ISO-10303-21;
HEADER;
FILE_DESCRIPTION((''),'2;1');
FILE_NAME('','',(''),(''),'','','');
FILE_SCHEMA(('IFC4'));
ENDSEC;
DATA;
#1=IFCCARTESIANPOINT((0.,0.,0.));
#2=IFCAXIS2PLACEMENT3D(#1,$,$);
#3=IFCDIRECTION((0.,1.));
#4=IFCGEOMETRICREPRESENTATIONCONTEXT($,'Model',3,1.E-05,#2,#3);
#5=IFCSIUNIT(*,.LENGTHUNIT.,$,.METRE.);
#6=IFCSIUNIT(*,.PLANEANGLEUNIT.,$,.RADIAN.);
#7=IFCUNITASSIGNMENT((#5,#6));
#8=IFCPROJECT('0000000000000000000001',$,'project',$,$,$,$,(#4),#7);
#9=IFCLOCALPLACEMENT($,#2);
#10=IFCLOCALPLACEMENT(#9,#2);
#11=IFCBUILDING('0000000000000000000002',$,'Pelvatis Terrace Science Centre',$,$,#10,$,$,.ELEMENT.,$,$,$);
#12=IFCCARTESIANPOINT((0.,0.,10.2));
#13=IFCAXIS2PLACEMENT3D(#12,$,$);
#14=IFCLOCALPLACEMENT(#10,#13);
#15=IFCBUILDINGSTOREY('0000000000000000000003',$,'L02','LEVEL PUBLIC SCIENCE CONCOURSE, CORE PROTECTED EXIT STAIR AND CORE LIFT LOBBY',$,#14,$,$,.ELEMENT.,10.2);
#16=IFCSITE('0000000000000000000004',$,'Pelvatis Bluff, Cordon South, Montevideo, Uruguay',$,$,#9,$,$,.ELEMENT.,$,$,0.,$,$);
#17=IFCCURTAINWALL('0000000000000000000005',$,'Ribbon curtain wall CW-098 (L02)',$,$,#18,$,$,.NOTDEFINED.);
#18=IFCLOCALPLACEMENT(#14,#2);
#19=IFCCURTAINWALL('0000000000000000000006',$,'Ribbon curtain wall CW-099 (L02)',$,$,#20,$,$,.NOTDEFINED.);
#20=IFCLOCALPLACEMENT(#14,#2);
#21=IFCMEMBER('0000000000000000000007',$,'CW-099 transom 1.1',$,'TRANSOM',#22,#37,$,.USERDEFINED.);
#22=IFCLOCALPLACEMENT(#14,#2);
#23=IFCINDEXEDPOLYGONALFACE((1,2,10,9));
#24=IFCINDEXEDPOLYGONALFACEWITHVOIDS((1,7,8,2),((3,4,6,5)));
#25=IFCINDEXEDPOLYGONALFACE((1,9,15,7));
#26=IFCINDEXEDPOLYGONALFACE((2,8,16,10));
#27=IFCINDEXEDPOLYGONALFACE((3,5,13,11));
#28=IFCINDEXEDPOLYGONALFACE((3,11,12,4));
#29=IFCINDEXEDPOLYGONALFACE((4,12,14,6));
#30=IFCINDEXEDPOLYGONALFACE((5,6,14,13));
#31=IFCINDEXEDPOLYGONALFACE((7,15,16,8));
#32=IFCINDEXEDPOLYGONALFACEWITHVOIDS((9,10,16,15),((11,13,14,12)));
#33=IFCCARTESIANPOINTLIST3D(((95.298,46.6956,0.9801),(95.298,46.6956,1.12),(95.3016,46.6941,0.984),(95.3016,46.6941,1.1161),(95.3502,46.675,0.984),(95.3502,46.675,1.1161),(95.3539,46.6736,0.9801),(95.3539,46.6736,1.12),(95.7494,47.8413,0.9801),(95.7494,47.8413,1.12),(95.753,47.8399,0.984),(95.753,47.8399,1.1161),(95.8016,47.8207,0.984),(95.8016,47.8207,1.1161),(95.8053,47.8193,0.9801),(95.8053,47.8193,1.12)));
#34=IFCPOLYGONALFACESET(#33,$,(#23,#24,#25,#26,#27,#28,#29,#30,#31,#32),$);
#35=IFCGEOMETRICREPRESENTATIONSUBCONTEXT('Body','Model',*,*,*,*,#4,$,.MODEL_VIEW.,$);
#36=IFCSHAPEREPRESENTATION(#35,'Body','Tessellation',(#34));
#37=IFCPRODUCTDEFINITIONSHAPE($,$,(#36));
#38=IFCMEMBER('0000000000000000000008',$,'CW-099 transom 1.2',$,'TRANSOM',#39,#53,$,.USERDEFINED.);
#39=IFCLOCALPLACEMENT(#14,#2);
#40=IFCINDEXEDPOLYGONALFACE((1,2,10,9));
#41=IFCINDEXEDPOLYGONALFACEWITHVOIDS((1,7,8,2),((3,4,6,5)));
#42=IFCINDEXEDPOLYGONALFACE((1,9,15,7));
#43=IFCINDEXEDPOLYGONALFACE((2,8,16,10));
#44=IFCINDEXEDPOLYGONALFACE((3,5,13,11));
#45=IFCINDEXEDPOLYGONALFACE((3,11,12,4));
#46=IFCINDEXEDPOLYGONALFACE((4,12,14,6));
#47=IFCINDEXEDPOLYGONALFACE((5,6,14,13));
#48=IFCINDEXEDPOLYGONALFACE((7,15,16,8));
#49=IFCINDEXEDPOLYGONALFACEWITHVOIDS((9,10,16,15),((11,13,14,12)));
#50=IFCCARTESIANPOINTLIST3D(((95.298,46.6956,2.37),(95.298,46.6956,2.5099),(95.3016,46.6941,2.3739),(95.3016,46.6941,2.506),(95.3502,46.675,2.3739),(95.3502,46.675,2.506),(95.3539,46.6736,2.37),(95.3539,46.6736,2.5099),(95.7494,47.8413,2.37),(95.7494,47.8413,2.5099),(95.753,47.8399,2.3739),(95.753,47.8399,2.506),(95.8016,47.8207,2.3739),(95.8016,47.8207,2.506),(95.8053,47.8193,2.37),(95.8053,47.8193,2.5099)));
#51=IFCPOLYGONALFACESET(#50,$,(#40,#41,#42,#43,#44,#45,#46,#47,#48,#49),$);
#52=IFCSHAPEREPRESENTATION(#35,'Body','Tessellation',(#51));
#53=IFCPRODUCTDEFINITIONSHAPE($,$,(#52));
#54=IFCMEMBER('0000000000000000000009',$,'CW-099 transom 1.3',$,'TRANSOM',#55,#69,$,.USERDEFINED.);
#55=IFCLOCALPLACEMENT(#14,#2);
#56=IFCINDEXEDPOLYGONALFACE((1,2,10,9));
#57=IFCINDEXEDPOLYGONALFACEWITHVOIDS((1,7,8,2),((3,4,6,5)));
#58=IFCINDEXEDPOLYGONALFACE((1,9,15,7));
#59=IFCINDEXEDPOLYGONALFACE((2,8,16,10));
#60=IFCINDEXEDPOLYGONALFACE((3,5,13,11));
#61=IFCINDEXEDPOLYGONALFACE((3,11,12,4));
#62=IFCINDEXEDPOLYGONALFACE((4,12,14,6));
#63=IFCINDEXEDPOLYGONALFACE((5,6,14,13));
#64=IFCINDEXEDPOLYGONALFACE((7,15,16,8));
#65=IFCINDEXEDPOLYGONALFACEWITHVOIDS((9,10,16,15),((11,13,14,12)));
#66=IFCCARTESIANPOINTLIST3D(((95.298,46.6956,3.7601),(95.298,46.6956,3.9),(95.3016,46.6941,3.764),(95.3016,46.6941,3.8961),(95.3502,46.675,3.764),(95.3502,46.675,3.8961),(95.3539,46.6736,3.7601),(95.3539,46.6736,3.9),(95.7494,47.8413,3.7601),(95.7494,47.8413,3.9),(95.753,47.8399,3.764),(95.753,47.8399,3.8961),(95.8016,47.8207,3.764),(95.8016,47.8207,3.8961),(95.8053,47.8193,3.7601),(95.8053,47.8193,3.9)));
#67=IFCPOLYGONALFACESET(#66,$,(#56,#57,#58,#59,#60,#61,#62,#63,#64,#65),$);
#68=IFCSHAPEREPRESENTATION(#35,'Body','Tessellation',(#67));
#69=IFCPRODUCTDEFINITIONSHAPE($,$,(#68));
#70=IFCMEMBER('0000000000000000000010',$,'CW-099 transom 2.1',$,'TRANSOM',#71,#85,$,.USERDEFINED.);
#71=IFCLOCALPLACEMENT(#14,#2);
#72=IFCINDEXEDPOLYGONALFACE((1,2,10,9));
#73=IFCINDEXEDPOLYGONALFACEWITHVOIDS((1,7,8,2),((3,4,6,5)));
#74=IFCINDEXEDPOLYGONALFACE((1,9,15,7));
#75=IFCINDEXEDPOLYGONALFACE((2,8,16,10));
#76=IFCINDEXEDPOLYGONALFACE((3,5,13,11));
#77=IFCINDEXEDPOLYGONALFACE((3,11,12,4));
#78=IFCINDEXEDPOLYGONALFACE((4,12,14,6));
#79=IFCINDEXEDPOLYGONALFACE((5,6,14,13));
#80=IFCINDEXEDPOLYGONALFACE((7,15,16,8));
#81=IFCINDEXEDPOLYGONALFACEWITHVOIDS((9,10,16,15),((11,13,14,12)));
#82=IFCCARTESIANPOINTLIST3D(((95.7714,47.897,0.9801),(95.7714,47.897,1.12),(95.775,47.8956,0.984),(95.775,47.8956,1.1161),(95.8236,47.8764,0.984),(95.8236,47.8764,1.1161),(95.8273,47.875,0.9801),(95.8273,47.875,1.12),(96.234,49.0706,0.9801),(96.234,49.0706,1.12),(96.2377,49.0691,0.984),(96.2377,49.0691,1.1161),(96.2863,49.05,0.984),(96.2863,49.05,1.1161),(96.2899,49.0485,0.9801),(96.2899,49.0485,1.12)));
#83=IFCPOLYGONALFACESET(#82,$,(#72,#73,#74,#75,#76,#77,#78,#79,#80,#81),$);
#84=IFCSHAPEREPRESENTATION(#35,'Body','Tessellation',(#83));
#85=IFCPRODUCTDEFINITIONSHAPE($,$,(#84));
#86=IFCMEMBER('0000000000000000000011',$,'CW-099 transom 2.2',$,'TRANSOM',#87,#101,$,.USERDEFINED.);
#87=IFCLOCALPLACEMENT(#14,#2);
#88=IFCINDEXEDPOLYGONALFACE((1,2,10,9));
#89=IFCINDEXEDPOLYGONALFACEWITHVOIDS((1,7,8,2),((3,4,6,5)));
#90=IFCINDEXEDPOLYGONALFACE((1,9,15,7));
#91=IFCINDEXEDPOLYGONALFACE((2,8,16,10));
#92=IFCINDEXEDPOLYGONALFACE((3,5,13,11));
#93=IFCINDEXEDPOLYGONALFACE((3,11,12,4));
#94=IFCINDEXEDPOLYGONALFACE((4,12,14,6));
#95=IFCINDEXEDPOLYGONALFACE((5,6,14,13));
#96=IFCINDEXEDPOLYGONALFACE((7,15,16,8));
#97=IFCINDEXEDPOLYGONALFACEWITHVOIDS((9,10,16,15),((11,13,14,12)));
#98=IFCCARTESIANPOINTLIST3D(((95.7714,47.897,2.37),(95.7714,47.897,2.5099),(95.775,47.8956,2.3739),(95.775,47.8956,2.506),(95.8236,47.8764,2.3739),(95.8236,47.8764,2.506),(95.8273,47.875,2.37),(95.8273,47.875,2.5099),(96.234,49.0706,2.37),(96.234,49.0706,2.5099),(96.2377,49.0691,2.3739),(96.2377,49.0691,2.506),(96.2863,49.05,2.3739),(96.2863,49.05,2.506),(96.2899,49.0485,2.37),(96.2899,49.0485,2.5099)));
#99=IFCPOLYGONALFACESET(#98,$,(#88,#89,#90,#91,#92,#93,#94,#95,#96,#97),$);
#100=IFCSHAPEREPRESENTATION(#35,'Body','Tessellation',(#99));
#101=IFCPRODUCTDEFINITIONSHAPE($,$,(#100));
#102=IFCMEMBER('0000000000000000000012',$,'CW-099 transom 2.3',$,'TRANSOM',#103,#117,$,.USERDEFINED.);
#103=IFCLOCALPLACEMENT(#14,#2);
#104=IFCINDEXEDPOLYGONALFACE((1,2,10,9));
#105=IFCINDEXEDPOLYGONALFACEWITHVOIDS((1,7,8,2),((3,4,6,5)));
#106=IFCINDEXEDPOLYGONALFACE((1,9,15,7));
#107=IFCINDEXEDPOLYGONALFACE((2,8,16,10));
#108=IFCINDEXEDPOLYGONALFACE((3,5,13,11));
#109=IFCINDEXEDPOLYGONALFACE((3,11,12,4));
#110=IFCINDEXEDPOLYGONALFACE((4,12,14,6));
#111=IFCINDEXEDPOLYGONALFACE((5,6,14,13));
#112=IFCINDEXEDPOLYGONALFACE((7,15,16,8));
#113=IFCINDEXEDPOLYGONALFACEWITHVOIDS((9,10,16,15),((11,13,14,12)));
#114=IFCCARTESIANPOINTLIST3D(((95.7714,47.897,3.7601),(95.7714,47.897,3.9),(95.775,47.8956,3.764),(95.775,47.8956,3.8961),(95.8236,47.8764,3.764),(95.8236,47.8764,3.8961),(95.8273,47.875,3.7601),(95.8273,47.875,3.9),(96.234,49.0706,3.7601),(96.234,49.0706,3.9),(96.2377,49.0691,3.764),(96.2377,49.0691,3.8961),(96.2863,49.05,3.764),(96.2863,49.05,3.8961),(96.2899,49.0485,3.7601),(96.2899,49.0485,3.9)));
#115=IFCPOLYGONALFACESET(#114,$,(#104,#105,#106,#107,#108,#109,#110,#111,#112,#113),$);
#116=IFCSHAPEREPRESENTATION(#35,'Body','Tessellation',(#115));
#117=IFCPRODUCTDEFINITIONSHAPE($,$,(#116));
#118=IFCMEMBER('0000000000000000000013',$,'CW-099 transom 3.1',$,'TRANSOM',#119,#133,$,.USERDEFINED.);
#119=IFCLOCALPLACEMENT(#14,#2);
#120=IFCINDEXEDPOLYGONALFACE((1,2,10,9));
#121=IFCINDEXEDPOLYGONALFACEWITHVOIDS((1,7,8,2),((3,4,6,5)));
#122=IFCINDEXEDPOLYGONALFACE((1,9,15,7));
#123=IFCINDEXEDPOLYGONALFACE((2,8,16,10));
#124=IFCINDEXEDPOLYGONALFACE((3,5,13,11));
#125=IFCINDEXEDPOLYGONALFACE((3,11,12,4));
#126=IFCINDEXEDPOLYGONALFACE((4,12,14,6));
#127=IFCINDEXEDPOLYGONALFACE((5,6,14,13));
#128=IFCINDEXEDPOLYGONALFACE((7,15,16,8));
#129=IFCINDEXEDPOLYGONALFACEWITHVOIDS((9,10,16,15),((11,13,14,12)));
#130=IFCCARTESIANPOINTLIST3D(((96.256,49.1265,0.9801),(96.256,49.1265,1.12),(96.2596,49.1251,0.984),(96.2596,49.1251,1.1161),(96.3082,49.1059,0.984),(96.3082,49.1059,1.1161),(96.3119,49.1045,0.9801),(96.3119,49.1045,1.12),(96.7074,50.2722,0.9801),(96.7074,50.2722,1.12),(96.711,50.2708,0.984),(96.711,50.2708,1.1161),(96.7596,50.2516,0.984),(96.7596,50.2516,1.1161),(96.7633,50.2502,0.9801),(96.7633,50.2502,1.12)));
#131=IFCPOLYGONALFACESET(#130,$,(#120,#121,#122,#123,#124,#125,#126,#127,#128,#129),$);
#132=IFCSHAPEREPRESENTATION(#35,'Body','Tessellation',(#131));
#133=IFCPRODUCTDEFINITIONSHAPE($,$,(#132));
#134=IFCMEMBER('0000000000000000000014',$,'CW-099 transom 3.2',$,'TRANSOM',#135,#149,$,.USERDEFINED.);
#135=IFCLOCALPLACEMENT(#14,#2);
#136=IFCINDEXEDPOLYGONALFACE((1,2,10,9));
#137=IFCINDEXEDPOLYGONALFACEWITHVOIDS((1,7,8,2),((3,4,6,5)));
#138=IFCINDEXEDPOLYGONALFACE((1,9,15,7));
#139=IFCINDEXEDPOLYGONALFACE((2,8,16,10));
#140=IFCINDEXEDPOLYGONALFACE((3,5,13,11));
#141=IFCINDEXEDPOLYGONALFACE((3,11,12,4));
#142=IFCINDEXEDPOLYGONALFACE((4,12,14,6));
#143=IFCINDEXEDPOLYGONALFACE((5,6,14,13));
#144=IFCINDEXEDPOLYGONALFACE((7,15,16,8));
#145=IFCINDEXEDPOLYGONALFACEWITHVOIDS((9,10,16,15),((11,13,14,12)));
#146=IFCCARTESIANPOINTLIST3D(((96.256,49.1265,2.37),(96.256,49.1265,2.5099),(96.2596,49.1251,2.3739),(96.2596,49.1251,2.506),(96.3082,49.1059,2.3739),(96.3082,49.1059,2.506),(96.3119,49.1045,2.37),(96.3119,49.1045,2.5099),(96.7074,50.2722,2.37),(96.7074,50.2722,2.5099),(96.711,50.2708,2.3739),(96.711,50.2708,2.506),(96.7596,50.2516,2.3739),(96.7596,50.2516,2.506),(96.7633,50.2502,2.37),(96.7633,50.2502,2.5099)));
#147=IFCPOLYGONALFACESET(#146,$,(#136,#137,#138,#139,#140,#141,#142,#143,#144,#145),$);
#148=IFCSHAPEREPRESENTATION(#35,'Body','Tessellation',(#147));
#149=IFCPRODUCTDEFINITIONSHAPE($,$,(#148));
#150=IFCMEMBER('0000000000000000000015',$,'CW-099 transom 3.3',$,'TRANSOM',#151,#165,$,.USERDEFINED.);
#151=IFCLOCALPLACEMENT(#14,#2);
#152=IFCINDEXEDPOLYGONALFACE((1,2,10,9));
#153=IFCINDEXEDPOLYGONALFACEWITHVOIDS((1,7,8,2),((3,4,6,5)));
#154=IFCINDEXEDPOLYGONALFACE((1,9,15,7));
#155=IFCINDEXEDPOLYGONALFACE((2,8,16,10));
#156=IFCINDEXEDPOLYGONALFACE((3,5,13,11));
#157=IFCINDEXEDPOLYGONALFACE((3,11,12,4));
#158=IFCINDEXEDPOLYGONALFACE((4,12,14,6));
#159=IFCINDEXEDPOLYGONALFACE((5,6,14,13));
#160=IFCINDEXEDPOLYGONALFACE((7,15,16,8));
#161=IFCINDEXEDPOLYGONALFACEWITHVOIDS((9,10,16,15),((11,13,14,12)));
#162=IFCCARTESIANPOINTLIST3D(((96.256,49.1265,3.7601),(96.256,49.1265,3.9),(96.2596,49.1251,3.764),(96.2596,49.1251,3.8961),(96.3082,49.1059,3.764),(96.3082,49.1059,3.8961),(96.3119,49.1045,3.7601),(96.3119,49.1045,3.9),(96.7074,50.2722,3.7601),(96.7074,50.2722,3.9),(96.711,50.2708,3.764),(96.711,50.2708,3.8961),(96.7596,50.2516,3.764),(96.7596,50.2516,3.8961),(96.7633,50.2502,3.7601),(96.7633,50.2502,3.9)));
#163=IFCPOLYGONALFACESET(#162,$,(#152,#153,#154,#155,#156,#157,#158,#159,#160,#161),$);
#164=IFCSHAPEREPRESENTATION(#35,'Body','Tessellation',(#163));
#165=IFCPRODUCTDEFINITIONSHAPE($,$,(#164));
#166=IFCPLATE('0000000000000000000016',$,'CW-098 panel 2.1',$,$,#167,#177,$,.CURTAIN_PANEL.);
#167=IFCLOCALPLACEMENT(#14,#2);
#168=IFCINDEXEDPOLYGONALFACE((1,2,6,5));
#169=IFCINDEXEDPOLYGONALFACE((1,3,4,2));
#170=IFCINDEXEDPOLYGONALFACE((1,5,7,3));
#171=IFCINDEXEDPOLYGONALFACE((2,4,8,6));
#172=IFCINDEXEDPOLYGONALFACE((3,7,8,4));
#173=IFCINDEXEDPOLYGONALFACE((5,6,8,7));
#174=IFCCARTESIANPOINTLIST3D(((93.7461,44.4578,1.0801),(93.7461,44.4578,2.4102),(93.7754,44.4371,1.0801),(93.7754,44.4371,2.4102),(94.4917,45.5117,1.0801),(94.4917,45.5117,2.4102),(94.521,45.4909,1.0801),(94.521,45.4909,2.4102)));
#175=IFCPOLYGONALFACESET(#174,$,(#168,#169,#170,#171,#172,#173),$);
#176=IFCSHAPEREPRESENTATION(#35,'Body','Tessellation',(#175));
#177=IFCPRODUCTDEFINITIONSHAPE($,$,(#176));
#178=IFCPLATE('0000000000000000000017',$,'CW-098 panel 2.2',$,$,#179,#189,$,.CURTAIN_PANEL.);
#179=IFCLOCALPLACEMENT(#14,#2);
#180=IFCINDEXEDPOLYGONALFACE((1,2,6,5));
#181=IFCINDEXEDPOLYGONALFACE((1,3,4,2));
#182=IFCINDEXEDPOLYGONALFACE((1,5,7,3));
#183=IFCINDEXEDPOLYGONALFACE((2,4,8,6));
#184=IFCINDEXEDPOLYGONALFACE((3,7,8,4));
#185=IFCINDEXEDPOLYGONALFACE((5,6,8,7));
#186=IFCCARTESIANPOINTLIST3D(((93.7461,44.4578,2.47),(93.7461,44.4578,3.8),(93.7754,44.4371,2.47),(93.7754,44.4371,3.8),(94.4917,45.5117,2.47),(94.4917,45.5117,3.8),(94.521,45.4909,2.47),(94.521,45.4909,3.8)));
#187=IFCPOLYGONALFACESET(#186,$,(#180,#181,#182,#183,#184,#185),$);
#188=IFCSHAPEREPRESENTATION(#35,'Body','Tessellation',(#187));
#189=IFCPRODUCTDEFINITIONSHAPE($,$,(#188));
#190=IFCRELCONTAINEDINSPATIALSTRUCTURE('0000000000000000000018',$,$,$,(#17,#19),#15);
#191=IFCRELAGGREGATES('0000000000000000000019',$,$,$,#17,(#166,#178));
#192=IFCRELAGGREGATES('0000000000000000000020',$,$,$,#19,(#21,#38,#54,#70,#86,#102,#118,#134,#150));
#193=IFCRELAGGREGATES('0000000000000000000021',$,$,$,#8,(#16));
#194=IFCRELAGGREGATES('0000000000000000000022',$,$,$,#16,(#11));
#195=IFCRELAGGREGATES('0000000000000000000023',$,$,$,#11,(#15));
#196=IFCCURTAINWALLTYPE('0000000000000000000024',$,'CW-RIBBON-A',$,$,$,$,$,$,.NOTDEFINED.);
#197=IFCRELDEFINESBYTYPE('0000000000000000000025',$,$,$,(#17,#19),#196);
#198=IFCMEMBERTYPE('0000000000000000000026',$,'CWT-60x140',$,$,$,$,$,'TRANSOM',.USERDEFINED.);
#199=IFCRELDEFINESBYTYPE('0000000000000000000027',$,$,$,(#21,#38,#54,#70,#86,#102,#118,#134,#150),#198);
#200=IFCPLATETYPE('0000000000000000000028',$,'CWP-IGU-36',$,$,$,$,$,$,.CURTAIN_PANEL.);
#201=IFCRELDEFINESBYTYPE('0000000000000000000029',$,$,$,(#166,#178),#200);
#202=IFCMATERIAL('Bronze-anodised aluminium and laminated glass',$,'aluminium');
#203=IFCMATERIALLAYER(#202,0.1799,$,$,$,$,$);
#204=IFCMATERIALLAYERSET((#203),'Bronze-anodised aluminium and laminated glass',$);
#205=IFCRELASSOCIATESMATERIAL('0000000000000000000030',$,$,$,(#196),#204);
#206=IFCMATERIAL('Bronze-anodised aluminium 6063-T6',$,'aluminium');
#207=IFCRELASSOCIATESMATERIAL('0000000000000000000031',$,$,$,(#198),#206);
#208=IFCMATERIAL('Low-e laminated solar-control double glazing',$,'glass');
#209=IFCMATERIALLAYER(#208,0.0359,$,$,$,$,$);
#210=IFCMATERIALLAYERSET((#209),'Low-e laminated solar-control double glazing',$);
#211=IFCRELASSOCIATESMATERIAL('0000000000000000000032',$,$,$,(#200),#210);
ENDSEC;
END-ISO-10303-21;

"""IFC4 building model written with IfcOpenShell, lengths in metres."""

from ifc_helpers import new_model, si_unit, direction, frame, origin, origin_2d, place, context, subcontext, project, spatial, rectangle, hollow_rectangle, extrude, material, layer, layer_set, material_profile, profile_set, type_object, element, aggregate, save


model = new_model("IFC4")

# Units and contexts
model_context = context("Model", 3, precision=1e-05, world=origin(), true_north=direction((0.0, 1.0)))
body_context = subcontext(model_context, "Body", "Model", "MODEL_VIEW")
ifc_project = project(units=[si_unit("LENGTHUNIT", "METRE"), si_unit("PLANEANGLEUNIT", "RADIAN")], contexts=[model_context])

# Site, building, storey
site_placement = place(None, origin())
site = spatial("IfcSite", under=ifc_project, at=site_placement, Name="Pelvatis Bluff, Cordon South, Montevideo, Uruguay", CompositionType="ELEMENT", RefElevation=0.0)
building_placement = place(site_placement, origin())
building = spatial("IfcBuilding", under=site, at=building_placement, Name="Pelvatis Terrace Science Centre", CompositionType="ELEMENT")
storey_placement = place(building_placement, frame((0.0, 0.0, 10.2)))
storey = spatial("IfcBuildingStorey", under=building, at=storey_placement, Name="L02", Description="LEVEL PUBLIC SCIENCE CONCOURSE, CORE PROTECTED EXIT STAIR AND CORE LIFT LOBBY", CompositionType="ELEMENT", Elevation=10.2)

# Curtain walls
ifc_material_1 = material(Name="Bronze-anodised aluminium and laminated glass", Category="aluminium")
ifc_layer_1 = layer(ifc_material_1, 0.1799)
ifc_layer_set_1 = layer_set([ifc_layer_1], Name="Bronze-anodised aluminium and laminated glass")
curtain_wall_type = type_object("IfcCurtainWallType", Name="CW-RIBBON-A", PredefinedType="NOTDEFINED", material=ifc_layer_set_1)
curtain_wall_1_placement = place(storey_placement, origin())
curtain_wall_1 = element("IfcCurtainWall", 1, at=curtain_wall_1_placement, inside=storey, type_object=curtain_wall_type, Name="Ribbon curtain wall CW-098 (L02)", PredefinedType="NOTDEFINED")
curtain_wall_2_placement = place(storey_placement, origin())
curtain_wall_2 = element("IfcCurtainWall", 2, at=curtain_wall_2_placement, inside=storey, type_object=curtain_wall_type, Name="Ribbon curtain wall CW-099 (L02)", PredefinedType="NOTDEFINED")

# Members
ifc_material_2 = material(Name="Bronze-anodised aluminium 6063-T6", Category="aluminium")
ifc_material_profile_1 = material_profile(ifc_material_2, hollow_rectangle(XDim=0.0601, YDim=0.1399, WallThickness=0.0039, at=origin_2d()), Name="ALU-TRN 60x140")
ifc_profile_set_1 = profile_set([ifc_material_profile_1], Name="Bronze-anodised aluminium 6063-T6")
member_type_1 = type_object("IfcMemberType", Name="CWT-60x140", ElementType="TRANSOM", PredefinedType="USERDEFINED", material=ifc_profile_set_1)
member_1_placement = place(storey_placement, frame((95.3259, 46.6846, 1.05), z_axis=(0.366566, 0.930392, 0.0), x_axis=(-0.930392, 0.366566, 0.0)))
member_1 = element("IfcMember", 3, at=member_1_placement, type_object=member_type_1, Name="CW-099 transom 1.1", ObjectType="TRANSOM", PredefinedType="USERDEFINED", context=body_context, shape_type="SweptSolid", body=[
    extrude(hollow_rectangle(XDim=0.0601, YDim=0.1399, WallThickness=0.0039, at=origin_2d()), origin(), (0.0, 0.0, 1.0), 1.2314),
])
member_2_placement = place(storey_placement, frame((95.3259, 46.6846, 2.4399), z_axis=(0.366566, 0.930392, 0.0), x_axis=(-0.930392, 0.366566, 0.0)))
member_2 = element("IfcMember", 4, at=member_2_placement, type_object=member_type_1, Name="CW-099 transom 1.2", ObjectType="TRANSOM", PredefinedType="USERDEFINED", context=body_context, shape_type="SweptSolid", body=[
    extrude(hollow_rectangle(XDim=0.0601, YDim=0.1399, WallThickness=0.0039, at=origin_2d()), origin(), (0.0, 0.0, 1.0), 1.2314),
])
member_3_placement = place(storey_placement, frame((95.3259, 46.6846, 3.8301), z_axis=(0.366566, 0.930392, 0.0), x_axis=(-0.930392, 0.366566, 0.0)))
member_3 = element("IfcMember", 5, at=member_3_placement, type_object=member_type_1, Name="CW-099 transom 1.3", ObjectType="TRANSOM", PredefinedType="USERDEFINED", context=body_context, shape_type="SweptSolid", body=[
    extrude(hollow_rectangle(XDim=0.0601, YDim=0.1399, WallThickness=0.0039, at=origin_2d()), origin(), (0.0, 0.0, 1.0), 1.2314),
])
member_4_placement = place(storey_placement, frame((95.7993, 47.886, 1.05), z_axis=(0.366748, 0.93032, 0.0), x_axis=(-0.93032, 0.366748, 0.0)))
member_4 = element("IfcMember", 6, at=member_4_placement, type_object=member_type_1, Name="CW-099 transom 2.1", ObjectType="TRANSOM", PredefinedType="USERDEFINED", context=body_context, shape_type="SweptSolid", body=[
    extrude(hollow_rectangle(XDim=0.0601, YDim=0.1399, WallThickness=0.0039, at=origin_2d()), origin(), (0.0, 0.0, 1.0), 1.2615),
])
member_5_placement = place(storey_placement, frame((95.7993, 47.886, 2.4399), z_axis=(0.366748, 0.93032, 0.0), x_axis=(-0.93032, 0.366748, 0.0)))
member_5 = element("IfcMember", 7, at=member_5_placement, type_object=member_type_1, Name="CW-099 transom 2.2", ObjectType="TRANSOM", PredefinedType="USERDEFINED", context=body_context, shape_type="SweptSolid", body=[
    extrude(hollow_rectangle(XDim=0.0601, YDim=0.1399, WallThickness=0.0039, at=origin_2d()), origin(), (0.0, 0.0, 1.0), 1.2615),
])
member_6_placement = place(storey_placement, frame((95.7993, 47.886, 3.8301), z_axis=(0.366748, 0.93032, 0.0), x_axis=(-0.93032, 0.366748, 0.0)))
member_6 = element("IfcMember", 8, at=member_6_placement, type_object=member_type_1, Name="CW-099 transom 2.3", ObjectType="TRANSOM", PredefinedType="USERDEFINED", context=body_context, shape_type="SweptSolid", body=[
    extrude(hollow_rectangle(XDim=0.0601, YDim=0.1399, WallThickness=0.0039, at=origin_2d()), origin(), (0.0, 0.0, 1.0), 1.2615),
])
member_7_placement = place(storey_placement, frame((96.2839, 49.1155, 1.05), z_axis=(0.366566, 0.930392, 0.0), x_axis=(-0.930392, 0.366566, 0.0)))
member_7 = element("IfcMember", 9, at=member_7_placement, type_object=member_type_1, Name="CW-099 transom 3.1", ObjectType="TRANSOM", PredefinedType="USERDEFINED", context=body_context, shape_type="SweptSolid", body=[
    extrude(hollow_rectangle(XDim=0.0601, YDim=0.1399, WallThickness=0.0039, at=origin_2d()), origin(), (0.0, 0.0, 1.0), 1.2314),
])
member_8_placement = place(storey_placement, frame((96.2839, 49.1155, 2.4399), z_axis=(0.366566, 0.930392, 0.0), x_axis=(-0.930392, 0.366566, 0.0)))
member_8 = element("IfcMember", 10, at=member_8_placement, type_object=member_type_1, Name="CW-099 transom 3.2", ObjectType="TRANSOM", PredefinedType="USERDEFINED", context=body_context, shape_type="SweptSolid", body=[
    extrude(hollow_rectangle(XDim=0.0601, YDim=0.1399, WallThickness=0.0039, at=origin_2d()), origin(), (0.0, 0.0, 1.0), 1.2314),
])
member_9_placement = place(storey_placement, frame((96.2839, 49.1155, 3.8301), z_axis=(0.366566, 0.930392, 0.0), x_axis=(-0.930392, 0.366566, 0.0)))
member_9 = element("IfcMember", 11, at=member_9_placement, type_object=member_type_1, Name="CW-099 transom 3.3", ObjectType="TRANSOM", PredefinedType="USERDEFINED", context=body_context, shape_type="SweptSolid", body=[
    extrude(hollow_rectangle(XDim=0.0601, YDim=0.1399, WallThickness=0.0039, at=origin_2d()), origin(), (0.0, 0.0, 1.0), 1.2314),
])

# Plates
ifc_material_3 = material(Name="Low-e laminated solar-control double glazing", Category="glass")
ifc_layer_2 = layer(ifc_material_3, 0.0359)
ifc_layer_set_2 = layer_set([ifc_layer_2], Name="Low-e laminated solar-control double glazing")
plate_type = type_object("IfcPlateType", Name="CWP-IGU-36", PredefinedType="CURTAIN_PANEL", material=ifc_layer_set_2)
plate_1_placement = place(storey_placement, frame((94.1335, 44.9744, 1.0801), z_axis=(0.0, 0.0, 1.0), x_axis=(0.577591, 0.816326, 0.0)))
plate_1 = element("IfcPlate", 12, at=plate_1_placement, type_object=plate_type, Name="CW-098 panel 2.1", PredefinedType="CURTAIN_PANEL", context=body_context, shape_type="SweptSolid", body=[
    extrude(rectangle(XDim=1.291, YDim=0.0359, at=origin_2d()), origin(), (0.0, 0.0, 1.0), 1.3301),
])
plate_2_placement = place(storey_placement, frame((94.1335, 44.9744, 2.47), z_axis=(0.0, 0.0, 1.0), x_axis=(0.577591, 0.816326, 0.0)))
plate_2 = element("IfcPlate", 13, at=plate_2_placement, type_object=plate_type, Name="CW-098 panel 2.2", PredefinedType="CURTAIN_PANEL", context=body_context, shape_type="SweptSolid", body=[
    extrude(rectangle(XDim=1.291, YDim=0.0359, at=origin_2d()), origin(), (0.0, 0.0, 1.0), 1.3301),
])
aggregate(curtain_wall_1, [plate_1, plate_2])
aggregate(curtain_wall_2, [member_1, member_2, member_3, member_4, member_5, member_6, member_7, member_8, member_9])

save(model, "model.ifc")
